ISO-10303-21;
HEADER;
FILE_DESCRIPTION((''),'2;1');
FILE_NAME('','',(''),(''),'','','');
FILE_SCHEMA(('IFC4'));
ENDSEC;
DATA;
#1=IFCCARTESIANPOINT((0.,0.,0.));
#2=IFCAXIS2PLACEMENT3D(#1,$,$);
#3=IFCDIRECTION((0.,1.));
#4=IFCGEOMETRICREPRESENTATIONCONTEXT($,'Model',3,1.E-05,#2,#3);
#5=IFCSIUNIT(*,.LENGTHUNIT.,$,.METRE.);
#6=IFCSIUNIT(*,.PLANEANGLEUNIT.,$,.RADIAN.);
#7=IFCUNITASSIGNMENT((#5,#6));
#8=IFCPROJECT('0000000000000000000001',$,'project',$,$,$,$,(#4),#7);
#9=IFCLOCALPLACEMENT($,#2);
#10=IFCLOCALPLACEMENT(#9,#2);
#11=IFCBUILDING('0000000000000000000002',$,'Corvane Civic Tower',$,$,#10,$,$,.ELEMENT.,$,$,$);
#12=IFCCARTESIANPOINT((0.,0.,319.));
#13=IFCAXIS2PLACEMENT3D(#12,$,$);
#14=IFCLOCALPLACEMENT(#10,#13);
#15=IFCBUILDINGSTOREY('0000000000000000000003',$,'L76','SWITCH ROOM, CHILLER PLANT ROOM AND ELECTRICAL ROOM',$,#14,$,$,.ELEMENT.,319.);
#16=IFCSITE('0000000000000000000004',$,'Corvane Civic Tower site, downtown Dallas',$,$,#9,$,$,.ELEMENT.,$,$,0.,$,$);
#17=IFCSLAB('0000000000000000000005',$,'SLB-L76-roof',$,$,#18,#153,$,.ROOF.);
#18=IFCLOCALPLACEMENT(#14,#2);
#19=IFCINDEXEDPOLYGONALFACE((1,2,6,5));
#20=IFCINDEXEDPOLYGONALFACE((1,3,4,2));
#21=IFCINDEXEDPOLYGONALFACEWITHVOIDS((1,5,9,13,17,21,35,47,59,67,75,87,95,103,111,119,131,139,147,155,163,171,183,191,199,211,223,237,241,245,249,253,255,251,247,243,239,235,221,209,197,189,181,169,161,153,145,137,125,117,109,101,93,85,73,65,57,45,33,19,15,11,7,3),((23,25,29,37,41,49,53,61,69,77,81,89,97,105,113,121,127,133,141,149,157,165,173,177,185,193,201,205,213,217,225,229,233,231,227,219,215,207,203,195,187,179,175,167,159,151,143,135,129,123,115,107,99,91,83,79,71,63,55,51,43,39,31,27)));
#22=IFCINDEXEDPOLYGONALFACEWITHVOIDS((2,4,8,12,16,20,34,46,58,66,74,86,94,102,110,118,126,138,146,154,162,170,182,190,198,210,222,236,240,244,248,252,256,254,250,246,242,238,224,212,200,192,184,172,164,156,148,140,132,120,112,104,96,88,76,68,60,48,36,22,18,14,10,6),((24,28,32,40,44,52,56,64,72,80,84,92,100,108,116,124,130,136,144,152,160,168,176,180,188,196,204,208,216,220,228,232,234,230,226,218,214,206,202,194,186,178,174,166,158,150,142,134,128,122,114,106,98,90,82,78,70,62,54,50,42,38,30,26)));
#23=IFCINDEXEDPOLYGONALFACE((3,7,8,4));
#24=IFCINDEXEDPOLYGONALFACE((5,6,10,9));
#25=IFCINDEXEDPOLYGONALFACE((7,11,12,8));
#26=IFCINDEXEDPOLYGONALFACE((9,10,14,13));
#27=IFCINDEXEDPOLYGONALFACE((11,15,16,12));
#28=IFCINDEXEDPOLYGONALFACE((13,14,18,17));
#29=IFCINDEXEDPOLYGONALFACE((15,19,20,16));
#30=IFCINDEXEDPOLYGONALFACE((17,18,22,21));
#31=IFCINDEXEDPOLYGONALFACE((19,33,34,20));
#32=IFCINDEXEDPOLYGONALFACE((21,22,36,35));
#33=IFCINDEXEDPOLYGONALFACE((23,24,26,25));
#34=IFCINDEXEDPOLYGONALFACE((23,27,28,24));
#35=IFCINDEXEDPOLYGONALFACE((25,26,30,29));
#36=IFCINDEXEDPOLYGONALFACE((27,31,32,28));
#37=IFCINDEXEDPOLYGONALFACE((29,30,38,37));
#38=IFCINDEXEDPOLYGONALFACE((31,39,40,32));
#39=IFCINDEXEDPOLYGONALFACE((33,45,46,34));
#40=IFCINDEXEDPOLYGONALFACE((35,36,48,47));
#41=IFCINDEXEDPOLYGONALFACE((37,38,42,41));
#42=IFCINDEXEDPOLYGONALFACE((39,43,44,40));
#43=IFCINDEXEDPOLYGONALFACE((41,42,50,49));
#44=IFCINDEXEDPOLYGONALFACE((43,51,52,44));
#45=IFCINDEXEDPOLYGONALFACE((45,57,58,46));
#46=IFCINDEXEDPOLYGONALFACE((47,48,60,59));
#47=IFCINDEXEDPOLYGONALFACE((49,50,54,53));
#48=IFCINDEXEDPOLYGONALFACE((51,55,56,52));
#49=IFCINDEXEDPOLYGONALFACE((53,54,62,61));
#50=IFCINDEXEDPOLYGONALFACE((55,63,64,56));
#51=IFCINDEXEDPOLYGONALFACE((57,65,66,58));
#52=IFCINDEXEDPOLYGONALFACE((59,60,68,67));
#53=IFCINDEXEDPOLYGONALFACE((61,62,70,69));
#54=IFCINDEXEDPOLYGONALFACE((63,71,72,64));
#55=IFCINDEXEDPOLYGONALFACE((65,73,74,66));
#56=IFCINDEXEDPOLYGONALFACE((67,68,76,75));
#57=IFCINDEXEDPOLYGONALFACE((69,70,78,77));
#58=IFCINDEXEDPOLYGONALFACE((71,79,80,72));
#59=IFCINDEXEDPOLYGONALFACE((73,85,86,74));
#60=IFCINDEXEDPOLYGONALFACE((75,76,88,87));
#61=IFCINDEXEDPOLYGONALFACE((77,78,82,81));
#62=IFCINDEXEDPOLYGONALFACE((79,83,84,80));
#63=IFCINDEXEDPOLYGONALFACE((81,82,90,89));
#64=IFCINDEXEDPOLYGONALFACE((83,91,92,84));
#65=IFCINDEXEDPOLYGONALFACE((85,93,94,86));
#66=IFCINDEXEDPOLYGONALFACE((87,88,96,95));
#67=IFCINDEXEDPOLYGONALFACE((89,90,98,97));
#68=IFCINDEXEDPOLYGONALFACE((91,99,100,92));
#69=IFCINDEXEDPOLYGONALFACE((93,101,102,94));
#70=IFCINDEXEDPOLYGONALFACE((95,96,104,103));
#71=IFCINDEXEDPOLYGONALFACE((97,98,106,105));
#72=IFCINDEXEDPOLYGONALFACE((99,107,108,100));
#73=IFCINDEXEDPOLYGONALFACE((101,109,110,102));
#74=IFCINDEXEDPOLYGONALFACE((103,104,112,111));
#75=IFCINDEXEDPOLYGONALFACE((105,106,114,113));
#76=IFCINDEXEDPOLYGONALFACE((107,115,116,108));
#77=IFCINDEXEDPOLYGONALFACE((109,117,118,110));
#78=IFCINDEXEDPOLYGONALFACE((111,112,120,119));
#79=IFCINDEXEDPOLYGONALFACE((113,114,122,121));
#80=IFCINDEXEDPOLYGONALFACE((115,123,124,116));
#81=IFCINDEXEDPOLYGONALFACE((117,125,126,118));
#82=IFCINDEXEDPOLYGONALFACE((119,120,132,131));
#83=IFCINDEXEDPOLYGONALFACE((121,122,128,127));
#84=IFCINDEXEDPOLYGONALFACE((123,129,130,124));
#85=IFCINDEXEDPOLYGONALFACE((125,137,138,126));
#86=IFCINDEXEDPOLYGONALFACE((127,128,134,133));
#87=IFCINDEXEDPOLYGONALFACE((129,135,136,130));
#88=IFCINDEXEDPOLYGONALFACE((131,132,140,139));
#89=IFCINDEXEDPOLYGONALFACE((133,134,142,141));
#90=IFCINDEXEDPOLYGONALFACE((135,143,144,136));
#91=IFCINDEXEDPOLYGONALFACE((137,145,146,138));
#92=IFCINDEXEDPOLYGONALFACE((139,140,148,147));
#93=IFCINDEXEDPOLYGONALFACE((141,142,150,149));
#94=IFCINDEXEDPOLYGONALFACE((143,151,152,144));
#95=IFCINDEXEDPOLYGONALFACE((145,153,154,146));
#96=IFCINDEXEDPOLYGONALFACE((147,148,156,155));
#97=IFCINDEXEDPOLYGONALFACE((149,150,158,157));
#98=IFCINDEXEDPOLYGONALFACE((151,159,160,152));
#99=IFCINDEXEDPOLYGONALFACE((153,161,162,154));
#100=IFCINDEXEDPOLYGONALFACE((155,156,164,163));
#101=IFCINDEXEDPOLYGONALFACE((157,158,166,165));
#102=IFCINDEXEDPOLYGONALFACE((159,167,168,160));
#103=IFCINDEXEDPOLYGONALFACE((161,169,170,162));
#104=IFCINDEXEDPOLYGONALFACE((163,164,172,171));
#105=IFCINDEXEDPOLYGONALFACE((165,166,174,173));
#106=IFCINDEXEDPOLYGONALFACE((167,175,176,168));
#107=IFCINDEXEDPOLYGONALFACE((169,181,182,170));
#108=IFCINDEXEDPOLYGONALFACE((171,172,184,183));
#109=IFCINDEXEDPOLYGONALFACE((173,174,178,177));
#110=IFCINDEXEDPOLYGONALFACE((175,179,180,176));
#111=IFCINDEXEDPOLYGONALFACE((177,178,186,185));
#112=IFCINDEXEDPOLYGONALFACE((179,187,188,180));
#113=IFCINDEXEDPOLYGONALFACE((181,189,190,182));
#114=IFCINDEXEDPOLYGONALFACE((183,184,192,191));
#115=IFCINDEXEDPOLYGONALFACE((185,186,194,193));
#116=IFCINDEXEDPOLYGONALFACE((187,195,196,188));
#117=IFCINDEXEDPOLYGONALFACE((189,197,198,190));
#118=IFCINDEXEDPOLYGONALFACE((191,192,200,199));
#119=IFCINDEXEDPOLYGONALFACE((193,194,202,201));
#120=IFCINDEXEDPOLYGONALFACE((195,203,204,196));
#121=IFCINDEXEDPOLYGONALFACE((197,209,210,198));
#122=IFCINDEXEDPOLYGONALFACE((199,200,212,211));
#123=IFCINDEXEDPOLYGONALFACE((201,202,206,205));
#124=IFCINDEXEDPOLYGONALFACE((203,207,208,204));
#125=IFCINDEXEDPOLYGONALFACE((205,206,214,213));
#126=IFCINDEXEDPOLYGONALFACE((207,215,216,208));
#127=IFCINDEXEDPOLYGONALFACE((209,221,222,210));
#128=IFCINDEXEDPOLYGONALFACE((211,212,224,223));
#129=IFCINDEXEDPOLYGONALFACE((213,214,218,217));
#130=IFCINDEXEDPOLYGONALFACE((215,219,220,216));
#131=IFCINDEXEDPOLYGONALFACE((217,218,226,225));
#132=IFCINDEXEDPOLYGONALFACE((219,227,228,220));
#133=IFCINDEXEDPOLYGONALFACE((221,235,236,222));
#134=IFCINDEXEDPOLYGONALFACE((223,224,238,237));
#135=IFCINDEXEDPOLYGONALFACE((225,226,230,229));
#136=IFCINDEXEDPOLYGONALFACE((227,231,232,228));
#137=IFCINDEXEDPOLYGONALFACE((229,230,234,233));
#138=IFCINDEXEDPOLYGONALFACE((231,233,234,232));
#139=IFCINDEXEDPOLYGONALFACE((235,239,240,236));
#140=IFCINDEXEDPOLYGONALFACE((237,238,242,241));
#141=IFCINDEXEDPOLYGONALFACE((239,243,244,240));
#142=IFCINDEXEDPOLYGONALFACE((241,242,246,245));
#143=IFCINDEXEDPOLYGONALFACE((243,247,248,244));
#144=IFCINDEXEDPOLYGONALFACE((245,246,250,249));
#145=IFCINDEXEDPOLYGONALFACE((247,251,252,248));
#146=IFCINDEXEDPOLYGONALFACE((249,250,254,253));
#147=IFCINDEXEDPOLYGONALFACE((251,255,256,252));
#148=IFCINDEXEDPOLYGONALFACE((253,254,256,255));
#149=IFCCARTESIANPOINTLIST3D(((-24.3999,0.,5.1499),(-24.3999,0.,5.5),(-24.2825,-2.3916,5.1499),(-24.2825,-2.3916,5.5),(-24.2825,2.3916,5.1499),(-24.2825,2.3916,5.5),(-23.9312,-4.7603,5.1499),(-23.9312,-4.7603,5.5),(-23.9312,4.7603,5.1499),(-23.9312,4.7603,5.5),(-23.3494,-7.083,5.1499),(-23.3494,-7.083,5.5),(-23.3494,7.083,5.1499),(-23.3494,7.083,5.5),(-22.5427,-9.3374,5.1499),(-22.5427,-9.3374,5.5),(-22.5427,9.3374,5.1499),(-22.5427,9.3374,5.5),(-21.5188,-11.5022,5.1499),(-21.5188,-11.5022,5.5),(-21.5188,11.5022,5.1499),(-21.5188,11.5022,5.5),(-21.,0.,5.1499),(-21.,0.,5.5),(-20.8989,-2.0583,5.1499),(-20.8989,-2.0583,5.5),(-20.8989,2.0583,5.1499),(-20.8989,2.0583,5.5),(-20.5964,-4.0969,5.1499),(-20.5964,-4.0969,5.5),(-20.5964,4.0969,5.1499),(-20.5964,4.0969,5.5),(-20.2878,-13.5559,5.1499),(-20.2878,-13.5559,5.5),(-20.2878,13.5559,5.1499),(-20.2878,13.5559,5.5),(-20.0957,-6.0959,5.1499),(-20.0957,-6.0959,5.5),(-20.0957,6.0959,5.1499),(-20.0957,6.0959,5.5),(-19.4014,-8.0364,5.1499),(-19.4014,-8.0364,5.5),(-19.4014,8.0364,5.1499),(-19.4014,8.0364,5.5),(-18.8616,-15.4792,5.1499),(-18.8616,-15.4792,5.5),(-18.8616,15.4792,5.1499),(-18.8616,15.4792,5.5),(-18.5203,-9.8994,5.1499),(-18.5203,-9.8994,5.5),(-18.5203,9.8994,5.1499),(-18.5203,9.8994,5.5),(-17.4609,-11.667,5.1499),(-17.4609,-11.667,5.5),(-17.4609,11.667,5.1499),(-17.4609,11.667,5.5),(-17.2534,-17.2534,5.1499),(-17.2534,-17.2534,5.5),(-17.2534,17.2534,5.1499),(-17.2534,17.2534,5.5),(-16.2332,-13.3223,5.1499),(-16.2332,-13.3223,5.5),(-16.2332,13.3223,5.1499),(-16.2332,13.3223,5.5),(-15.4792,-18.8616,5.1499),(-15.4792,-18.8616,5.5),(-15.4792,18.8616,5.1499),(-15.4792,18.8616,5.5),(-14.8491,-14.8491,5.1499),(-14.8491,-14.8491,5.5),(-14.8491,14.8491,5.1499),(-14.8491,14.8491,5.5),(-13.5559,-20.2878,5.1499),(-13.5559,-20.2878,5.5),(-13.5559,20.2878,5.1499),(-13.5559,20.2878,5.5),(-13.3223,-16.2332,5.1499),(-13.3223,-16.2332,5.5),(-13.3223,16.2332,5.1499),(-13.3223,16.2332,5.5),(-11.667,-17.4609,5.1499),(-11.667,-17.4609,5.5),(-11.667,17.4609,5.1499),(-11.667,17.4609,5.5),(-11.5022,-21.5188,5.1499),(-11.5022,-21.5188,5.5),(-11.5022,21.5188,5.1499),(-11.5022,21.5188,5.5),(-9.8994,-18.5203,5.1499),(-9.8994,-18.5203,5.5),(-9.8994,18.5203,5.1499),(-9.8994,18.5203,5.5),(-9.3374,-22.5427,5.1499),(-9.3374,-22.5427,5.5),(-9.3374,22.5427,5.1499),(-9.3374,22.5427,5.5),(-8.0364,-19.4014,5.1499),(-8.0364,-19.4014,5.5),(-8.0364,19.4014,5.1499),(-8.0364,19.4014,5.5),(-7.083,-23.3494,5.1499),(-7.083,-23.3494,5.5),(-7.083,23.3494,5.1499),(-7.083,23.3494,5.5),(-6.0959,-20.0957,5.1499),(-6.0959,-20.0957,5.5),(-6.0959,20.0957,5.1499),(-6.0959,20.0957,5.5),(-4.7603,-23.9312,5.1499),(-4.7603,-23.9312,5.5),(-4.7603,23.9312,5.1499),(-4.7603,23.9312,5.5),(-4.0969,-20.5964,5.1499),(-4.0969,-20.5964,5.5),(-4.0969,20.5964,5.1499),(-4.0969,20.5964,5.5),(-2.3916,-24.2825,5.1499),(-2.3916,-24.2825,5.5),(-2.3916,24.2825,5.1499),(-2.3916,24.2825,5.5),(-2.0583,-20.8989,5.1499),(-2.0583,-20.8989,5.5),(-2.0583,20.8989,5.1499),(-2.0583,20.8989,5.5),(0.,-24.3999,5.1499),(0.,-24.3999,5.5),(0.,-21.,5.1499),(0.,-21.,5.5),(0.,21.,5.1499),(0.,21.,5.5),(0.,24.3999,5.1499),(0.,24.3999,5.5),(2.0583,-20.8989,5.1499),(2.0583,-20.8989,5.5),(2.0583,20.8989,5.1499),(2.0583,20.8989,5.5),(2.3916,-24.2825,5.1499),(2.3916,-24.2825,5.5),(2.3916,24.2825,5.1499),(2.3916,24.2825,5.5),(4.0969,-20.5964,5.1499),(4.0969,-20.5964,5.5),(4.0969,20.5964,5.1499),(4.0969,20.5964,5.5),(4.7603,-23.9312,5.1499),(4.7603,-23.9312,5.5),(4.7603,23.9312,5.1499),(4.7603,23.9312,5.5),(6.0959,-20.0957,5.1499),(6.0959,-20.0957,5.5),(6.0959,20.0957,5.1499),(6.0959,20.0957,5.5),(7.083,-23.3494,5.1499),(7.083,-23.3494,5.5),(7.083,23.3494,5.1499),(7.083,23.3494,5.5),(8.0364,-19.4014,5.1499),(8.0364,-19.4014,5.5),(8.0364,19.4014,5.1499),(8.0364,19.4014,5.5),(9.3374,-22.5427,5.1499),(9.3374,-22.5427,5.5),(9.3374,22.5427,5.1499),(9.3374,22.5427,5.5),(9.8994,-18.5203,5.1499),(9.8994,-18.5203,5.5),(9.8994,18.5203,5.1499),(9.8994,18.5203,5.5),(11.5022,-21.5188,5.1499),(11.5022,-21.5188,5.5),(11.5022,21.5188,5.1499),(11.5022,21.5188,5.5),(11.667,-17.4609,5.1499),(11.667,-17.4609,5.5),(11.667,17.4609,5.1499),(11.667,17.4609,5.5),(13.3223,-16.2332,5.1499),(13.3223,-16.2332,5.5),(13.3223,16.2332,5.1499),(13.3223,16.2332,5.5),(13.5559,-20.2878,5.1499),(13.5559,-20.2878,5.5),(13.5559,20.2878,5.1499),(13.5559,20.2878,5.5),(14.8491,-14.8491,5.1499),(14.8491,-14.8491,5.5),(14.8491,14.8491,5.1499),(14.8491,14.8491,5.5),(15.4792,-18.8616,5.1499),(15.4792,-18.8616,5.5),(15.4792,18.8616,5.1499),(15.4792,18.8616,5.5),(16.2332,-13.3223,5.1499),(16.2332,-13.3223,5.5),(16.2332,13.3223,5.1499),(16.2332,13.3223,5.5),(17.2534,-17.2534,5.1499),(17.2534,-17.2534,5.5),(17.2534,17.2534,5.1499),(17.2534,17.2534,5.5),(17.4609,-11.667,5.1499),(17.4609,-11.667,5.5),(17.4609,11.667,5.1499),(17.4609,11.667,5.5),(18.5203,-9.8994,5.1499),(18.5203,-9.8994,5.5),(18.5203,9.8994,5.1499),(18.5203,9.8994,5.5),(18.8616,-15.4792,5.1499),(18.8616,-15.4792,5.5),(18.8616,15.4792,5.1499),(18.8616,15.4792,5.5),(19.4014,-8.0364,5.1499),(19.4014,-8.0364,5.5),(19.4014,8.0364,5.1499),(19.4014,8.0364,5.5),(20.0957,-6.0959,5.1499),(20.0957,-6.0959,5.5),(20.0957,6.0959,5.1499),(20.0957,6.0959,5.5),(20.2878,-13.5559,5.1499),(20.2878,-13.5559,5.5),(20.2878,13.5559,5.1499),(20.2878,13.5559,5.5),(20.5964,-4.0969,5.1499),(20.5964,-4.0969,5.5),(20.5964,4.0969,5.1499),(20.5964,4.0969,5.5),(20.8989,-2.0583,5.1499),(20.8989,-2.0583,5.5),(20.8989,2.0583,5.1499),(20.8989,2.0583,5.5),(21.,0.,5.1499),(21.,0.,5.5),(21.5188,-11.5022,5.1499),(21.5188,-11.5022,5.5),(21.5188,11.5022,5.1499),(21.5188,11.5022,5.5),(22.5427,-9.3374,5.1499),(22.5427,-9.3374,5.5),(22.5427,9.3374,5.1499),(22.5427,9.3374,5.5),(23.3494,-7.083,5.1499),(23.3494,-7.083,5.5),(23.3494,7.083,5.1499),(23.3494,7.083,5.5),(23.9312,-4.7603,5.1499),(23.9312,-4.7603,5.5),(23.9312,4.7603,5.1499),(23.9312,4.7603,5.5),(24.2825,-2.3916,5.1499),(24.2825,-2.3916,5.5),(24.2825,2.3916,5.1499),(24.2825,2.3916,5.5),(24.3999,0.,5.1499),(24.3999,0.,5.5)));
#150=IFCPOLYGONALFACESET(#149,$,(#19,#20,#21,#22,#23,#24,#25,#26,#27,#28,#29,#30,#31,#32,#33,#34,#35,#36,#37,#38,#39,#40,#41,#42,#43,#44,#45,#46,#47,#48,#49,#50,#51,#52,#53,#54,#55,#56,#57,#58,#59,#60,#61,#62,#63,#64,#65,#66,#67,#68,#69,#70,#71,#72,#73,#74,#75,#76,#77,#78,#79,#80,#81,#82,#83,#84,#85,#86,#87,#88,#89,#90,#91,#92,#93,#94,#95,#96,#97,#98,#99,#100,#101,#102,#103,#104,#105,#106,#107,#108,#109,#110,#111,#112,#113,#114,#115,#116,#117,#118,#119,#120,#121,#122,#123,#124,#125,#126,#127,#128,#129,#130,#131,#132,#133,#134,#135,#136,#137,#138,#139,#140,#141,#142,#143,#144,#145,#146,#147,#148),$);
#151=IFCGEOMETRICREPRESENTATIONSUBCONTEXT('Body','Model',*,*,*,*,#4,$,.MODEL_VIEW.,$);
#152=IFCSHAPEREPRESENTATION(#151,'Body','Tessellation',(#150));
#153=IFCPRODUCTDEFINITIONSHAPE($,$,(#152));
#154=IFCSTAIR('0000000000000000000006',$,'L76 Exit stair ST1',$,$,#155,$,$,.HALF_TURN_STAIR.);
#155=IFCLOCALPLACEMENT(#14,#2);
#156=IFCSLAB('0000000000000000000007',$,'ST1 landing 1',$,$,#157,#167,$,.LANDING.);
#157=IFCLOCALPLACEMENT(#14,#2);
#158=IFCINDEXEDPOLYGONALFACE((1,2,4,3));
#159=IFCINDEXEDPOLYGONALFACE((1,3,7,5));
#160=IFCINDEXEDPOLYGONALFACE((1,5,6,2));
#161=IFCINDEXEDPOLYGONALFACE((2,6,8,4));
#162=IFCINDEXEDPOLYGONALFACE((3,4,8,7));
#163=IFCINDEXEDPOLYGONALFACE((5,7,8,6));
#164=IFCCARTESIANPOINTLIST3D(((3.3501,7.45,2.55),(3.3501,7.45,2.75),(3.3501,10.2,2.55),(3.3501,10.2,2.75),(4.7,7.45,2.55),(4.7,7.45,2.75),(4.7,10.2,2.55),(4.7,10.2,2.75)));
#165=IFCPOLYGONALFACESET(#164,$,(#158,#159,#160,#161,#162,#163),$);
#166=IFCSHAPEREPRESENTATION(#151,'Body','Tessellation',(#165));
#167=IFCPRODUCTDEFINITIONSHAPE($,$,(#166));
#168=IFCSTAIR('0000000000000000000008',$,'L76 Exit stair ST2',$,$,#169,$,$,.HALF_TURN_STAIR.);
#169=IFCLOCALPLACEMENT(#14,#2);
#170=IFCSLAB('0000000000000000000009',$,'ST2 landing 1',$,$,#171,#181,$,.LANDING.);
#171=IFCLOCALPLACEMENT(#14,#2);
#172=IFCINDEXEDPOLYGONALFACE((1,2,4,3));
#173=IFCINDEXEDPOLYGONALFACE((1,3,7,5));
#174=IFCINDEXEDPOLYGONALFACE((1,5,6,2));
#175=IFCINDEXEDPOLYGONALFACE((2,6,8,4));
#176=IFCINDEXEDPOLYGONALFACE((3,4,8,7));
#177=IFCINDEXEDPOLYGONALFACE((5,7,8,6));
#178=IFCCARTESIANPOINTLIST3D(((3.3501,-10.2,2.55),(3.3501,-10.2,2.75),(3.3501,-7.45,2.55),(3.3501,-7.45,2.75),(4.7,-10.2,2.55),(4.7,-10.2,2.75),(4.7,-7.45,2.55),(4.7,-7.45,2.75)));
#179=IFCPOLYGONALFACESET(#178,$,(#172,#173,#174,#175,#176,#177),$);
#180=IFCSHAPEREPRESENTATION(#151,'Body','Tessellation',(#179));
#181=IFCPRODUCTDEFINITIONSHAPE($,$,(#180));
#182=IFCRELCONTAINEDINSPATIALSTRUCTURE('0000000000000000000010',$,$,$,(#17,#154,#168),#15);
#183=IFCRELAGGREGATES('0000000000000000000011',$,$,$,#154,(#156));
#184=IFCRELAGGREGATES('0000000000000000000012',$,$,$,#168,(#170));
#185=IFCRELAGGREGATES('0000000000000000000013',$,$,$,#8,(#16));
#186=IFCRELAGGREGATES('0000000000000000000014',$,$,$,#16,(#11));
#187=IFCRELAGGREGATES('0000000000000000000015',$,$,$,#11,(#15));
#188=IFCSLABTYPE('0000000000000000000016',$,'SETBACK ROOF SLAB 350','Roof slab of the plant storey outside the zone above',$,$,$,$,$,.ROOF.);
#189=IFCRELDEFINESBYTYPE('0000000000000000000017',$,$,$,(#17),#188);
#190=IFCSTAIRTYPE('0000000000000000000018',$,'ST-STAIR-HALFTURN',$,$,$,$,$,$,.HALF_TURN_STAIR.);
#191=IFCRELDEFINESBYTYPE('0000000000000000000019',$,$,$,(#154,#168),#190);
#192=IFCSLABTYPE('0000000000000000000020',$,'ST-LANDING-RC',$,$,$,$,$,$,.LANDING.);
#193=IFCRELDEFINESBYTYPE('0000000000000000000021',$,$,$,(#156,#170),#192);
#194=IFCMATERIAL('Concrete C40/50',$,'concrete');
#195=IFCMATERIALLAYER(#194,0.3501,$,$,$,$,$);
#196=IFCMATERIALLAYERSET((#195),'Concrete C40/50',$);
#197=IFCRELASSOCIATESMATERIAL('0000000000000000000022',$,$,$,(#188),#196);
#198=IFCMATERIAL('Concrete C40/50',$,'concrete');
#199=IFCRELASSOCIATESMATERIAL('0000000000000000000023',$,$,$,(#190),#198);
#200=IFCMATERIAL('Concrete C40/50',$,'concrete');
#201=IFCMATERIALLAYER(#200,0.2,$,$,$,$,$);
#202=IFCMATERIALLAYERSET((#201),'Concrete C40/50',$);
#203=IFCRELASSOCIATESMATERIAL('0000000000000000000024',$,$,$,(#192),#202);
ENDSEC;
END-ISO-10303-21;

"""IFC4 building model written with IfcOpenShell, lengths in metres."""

from ifc_helpers import new_model, si_unit, direction, frame, origin, place, context, subcontext, project, spatial, polyline, outline, extrude, material, layer, layer_set, type_object, element, aggregate, save


model = new_model("IFC4")

# Units and contexts
model_context = context("Model", 3, precision=1e-05, world=origin(), true_north=direction((0.0, 1.0)))
body_context = subcontext(model_context, "Body", "Model", "MODEL_VIEW")
ifc_project = project(units=[si_unit("LENGTHUNIT", "METRE"), si_unit("PLANEANGLEUNIT", "RADIAN")], contexts=[model_context])

# Site, building, storey
site_placement = place(None, origin())
site = spatial("IfcSite", under=ifc_project, at=site_placement, Name="Corvane Civic Tower site, downtown Dallas", CompositionType="ELEMENT", RefElevation=0.0)
building_placement = place(site_placement, origin())
building = spatial("IfcBuilding", under=site, at=building_placement, Name="Corvane Civic Tower", CompositionType="ELEMENT")
storey_placement = place(building_placement, frame((0.0, 0.0, 319.0)))
storey = spatial("IfcBuildingStorey", under=building, at=storey_placement, Name="L76", Description="SWITCH ROOM, CHILLER PLANT ROOM AND ELECTRICAL ROOM", CompositionType="ELEMENT", Elevation=319.0)

# Slab
ifc_material_1 = material(Name="Concrete C40/50", Category="concrete")
ifc_layer_1 = layer(ifc_material_1, 0.3501)
ifc_layer_set_1 = layer_set([ifc_layer_1], Name="Concrete C40/50")
slab_type_1 = type_object("IfcSlabType", Name="SETBACK ROOF SLAB 350", Description="Roof slab of the plant storey outside the zone above", PredefinedType="ROOF", material=ifc_layer_set_1)
slab_1_placement = place(storey_placement, frame((0.0, 0.0, 5.1499)))
element("IfcSlab", 1, at=slab_1_placement, inside=storey, type_object=slab_type_1, Name="SLB-L76-roof", PredefinedType="ROOF", context=body_context, shape_type="SweptSolid", body=[
    extrude(outline(polyline([(0.0, 24.3999), (-2.3916, 24.2825), (-4.7603, 23.9312), (-7.083, 23.3494), (-9.3374, 22.5427), (-11.5022, 21.5188), (-13.5559, 20.2878), (-15.4792, 18.8616), (-17.2534, 17.2534), (-18.8616, 15.4792), (-20.2878, 13.5559), (-21.5188, 11.5022), (-22.5427, 9.3374), (-23.3494, 7.083), (-23.9312, 4.7603), (-24.2825, 2.3916), (-24.3999, 0.0), (-24.2825, -2.3916), (-23.9312, -4.7603), (-23.3494, -7.083), (-22.5427, -9.3374), (-21.5188, -11.5022), (-20.2878, -13.5559), (-18.8616, -15.4792), (-17.2534, -17.2534), (-15.4792, -18.8616), (-13.5559, -20.2878), (-11.5022, -21.5188), (-9.3374, -22.5427), (-7.083, -23.3494), (-4.7603, -23.9312), (-2.3916, -24.2825), (0.0, -24.3999), (2.3916, -24.2825), (4.7603, -23.9312), (7.083, -23.3494), (9.3374, -22.5427), (11.5022, -21.5188), (13.5559, -20.2878), (15.4792, -18.8616), (17.2534, -17.2534), (18.8616, -15.4792), (20.2878, -13.5559), (21.5188, -11.5022), (22.5427, -9.3374), (23.3494, -7.083), (23.9312, -4.7603), (24.2825, -2.3916), (24.3999, 0.0), (24.2825, 2.3916), (23.9312, 4.7603), (23.3494, 7.083), (22.5427, 9.3374), (21.5188, 11.5022), (20.2878, 13.5559), (18.8616, 15.4792), (17.2534, 17.2534), (15.4792, 18.8616), (13.5559, 20.2878), (11.5022, 21.5188), (9.3374, 22.5427), (7.083, 23.3494), (4.7603, 23.9312), (2.3916, 24.2825), (0.0, 24.3999)]), holes=[polyline([(0.0, 21.0), (-2.0583, 20.8989), (-4.0969, 20.5964), (-6.0959, 20.0957), (-8.0364, 19.4014), (-9.8994, 18.5203), (-11.667, 17.4609), (-13.3223, 16.2332), (-14.8491, 14.8491), (-16.2332, 13.3223), (-17.4609, 11.667), (-18.5203, 9.8994), (-19.4014, 8.0364), (-20.0957, 6.0959), (-20.5964, 4.0969), (-20.8989, 2.0583), (-21.0, 0.0), (-20.8989, -2.0583), (-20.5964, -4.0969), (-20.0957, -6.0959), (-19.4014, -8.0364), (-18.5203, -9.8994), (-17.4609, -11.667), (-16.2332, -13.3223), (-14.8491, -14.8491), (-13.3223, -16.2332), (-11.667, -17.4609), (-9.8994, -18.5203), (-8.0364, -19.4014), (-6.0959, -20.0957), (-4.0969, -20.5964), (-2.0583, -20.8989), (0.0, -21.0), (2.0583, -20.8989), (4.0969, -20.5964), (6.0959, -20.0957), (8.0364, -19.4014), (9.8994, -18.5203), (11.667, -17.4609), (13.3223, -16.2332), (14.8491, -14.8491), (16.2332, -13.3223), (17.4609, -11.667), (18.5203, -9.8994), (19.4014, -8.0364), (20.0957, -6.0959), (20.5964, -4.0969), (20.8989, -2.0583), (21.0, 0.0), (20.8989, 2.0583), (20.5964, 4.0969), (20.0957, 6.0959), (19.4014, 8.0364), (18.5203, 9.8994), (17.4609, 11.667), (16.2332, 13.3223), (14.8491, 14.8491), (13.3223, 16.2332), (11.667, 17.4609), (9.8994, 18.5203), (8.0364, 19.4014), (6.0959, 20.0957), (4.0969, 20.5964), (2.0583, 20.8989), (0.0, 21.0)])]), origin(), (0.0, 0.0, 1.0), 0.3501),
])

# Stairs, slabs
ifc_material_2 = material(Name="Concrete C40/50", Category="concrete")
stair_type = type_object("IfcStairType", Name="ST-STAIR-HALFTURN", PredefinedType="HALF_TURN_STAIR", material=ifc_material_2)
stair_1_placement = place(storey_placement, origin())
stair_1 = element("IfcStair", 2, at=stair_1_placement, inside=storey, type_object=stair_type, Name="L76 Exit stair ST1", PredefinedType="HALF_TURN_STAIR")
ifc_material_3 = material(Name="Concrete C40/50", Category="concrete")
ifc_layer_2 = layer(ifc_material_3, 0.2)
ifc_layer_set_2 = layer_set([ifc_layer_2], Name="Concrete C40/50")
slab_type_2 = type_object("IfcSlabType", Name="ST-LANDING-RC", PredefinedType="LANDING", material=ifc_layer_set_2)
slab_2_placement = place(storey_placement, frame((0.0, 0.0, 2.55)))
slab_2 = element("IfcSlab", 3, at=slab_2_placement, type_object=slab_type_2, Name="ST1 landing 1", PredefinedType="LANDING", context=body_context, shape_type="SweptSolid", body=[
    extrude(outline(polyline([(4.7, 10.2), (3.3501, 10.2), (3.3501, 7.45), (4.7, 7.45), (4.7, 10.2)])), origin(), (0.0, 0.0, 1.0), 0.2),
])
aggregate(stair_1, [slab_2])
stair_2_placement = place(storey_placement, origin())
stair_2 = element("IfcStair", 4, at=stair_2_placement, inside=storey, type_object=stair_type, Name="L76 Exit stair ST2", PredefinedType="HALF_TURN_STAIR")
slab_3_placement = place(storey_placement, frame((0.0, 0.0, 2.55)))
slab_3 = element("IfcSlab", 5, at=slab_3_placement, type_object=slab_type_2, Name="ST2 landing 1", PredefinedType="LANDING", context=body_context, shape_type="SweptSolid", body=[
    extrude(outline(polyline([(4.7, -7.45), (3.3501, -7.45), (3.3501, -10.2), (4.7, -10.2), (4.7, -7.45)])), origin(), (0.0, 0.0, 1.0), 0.2),
])
aggregate(stair_2, [slab_3])

save(model, "model.ifc")
